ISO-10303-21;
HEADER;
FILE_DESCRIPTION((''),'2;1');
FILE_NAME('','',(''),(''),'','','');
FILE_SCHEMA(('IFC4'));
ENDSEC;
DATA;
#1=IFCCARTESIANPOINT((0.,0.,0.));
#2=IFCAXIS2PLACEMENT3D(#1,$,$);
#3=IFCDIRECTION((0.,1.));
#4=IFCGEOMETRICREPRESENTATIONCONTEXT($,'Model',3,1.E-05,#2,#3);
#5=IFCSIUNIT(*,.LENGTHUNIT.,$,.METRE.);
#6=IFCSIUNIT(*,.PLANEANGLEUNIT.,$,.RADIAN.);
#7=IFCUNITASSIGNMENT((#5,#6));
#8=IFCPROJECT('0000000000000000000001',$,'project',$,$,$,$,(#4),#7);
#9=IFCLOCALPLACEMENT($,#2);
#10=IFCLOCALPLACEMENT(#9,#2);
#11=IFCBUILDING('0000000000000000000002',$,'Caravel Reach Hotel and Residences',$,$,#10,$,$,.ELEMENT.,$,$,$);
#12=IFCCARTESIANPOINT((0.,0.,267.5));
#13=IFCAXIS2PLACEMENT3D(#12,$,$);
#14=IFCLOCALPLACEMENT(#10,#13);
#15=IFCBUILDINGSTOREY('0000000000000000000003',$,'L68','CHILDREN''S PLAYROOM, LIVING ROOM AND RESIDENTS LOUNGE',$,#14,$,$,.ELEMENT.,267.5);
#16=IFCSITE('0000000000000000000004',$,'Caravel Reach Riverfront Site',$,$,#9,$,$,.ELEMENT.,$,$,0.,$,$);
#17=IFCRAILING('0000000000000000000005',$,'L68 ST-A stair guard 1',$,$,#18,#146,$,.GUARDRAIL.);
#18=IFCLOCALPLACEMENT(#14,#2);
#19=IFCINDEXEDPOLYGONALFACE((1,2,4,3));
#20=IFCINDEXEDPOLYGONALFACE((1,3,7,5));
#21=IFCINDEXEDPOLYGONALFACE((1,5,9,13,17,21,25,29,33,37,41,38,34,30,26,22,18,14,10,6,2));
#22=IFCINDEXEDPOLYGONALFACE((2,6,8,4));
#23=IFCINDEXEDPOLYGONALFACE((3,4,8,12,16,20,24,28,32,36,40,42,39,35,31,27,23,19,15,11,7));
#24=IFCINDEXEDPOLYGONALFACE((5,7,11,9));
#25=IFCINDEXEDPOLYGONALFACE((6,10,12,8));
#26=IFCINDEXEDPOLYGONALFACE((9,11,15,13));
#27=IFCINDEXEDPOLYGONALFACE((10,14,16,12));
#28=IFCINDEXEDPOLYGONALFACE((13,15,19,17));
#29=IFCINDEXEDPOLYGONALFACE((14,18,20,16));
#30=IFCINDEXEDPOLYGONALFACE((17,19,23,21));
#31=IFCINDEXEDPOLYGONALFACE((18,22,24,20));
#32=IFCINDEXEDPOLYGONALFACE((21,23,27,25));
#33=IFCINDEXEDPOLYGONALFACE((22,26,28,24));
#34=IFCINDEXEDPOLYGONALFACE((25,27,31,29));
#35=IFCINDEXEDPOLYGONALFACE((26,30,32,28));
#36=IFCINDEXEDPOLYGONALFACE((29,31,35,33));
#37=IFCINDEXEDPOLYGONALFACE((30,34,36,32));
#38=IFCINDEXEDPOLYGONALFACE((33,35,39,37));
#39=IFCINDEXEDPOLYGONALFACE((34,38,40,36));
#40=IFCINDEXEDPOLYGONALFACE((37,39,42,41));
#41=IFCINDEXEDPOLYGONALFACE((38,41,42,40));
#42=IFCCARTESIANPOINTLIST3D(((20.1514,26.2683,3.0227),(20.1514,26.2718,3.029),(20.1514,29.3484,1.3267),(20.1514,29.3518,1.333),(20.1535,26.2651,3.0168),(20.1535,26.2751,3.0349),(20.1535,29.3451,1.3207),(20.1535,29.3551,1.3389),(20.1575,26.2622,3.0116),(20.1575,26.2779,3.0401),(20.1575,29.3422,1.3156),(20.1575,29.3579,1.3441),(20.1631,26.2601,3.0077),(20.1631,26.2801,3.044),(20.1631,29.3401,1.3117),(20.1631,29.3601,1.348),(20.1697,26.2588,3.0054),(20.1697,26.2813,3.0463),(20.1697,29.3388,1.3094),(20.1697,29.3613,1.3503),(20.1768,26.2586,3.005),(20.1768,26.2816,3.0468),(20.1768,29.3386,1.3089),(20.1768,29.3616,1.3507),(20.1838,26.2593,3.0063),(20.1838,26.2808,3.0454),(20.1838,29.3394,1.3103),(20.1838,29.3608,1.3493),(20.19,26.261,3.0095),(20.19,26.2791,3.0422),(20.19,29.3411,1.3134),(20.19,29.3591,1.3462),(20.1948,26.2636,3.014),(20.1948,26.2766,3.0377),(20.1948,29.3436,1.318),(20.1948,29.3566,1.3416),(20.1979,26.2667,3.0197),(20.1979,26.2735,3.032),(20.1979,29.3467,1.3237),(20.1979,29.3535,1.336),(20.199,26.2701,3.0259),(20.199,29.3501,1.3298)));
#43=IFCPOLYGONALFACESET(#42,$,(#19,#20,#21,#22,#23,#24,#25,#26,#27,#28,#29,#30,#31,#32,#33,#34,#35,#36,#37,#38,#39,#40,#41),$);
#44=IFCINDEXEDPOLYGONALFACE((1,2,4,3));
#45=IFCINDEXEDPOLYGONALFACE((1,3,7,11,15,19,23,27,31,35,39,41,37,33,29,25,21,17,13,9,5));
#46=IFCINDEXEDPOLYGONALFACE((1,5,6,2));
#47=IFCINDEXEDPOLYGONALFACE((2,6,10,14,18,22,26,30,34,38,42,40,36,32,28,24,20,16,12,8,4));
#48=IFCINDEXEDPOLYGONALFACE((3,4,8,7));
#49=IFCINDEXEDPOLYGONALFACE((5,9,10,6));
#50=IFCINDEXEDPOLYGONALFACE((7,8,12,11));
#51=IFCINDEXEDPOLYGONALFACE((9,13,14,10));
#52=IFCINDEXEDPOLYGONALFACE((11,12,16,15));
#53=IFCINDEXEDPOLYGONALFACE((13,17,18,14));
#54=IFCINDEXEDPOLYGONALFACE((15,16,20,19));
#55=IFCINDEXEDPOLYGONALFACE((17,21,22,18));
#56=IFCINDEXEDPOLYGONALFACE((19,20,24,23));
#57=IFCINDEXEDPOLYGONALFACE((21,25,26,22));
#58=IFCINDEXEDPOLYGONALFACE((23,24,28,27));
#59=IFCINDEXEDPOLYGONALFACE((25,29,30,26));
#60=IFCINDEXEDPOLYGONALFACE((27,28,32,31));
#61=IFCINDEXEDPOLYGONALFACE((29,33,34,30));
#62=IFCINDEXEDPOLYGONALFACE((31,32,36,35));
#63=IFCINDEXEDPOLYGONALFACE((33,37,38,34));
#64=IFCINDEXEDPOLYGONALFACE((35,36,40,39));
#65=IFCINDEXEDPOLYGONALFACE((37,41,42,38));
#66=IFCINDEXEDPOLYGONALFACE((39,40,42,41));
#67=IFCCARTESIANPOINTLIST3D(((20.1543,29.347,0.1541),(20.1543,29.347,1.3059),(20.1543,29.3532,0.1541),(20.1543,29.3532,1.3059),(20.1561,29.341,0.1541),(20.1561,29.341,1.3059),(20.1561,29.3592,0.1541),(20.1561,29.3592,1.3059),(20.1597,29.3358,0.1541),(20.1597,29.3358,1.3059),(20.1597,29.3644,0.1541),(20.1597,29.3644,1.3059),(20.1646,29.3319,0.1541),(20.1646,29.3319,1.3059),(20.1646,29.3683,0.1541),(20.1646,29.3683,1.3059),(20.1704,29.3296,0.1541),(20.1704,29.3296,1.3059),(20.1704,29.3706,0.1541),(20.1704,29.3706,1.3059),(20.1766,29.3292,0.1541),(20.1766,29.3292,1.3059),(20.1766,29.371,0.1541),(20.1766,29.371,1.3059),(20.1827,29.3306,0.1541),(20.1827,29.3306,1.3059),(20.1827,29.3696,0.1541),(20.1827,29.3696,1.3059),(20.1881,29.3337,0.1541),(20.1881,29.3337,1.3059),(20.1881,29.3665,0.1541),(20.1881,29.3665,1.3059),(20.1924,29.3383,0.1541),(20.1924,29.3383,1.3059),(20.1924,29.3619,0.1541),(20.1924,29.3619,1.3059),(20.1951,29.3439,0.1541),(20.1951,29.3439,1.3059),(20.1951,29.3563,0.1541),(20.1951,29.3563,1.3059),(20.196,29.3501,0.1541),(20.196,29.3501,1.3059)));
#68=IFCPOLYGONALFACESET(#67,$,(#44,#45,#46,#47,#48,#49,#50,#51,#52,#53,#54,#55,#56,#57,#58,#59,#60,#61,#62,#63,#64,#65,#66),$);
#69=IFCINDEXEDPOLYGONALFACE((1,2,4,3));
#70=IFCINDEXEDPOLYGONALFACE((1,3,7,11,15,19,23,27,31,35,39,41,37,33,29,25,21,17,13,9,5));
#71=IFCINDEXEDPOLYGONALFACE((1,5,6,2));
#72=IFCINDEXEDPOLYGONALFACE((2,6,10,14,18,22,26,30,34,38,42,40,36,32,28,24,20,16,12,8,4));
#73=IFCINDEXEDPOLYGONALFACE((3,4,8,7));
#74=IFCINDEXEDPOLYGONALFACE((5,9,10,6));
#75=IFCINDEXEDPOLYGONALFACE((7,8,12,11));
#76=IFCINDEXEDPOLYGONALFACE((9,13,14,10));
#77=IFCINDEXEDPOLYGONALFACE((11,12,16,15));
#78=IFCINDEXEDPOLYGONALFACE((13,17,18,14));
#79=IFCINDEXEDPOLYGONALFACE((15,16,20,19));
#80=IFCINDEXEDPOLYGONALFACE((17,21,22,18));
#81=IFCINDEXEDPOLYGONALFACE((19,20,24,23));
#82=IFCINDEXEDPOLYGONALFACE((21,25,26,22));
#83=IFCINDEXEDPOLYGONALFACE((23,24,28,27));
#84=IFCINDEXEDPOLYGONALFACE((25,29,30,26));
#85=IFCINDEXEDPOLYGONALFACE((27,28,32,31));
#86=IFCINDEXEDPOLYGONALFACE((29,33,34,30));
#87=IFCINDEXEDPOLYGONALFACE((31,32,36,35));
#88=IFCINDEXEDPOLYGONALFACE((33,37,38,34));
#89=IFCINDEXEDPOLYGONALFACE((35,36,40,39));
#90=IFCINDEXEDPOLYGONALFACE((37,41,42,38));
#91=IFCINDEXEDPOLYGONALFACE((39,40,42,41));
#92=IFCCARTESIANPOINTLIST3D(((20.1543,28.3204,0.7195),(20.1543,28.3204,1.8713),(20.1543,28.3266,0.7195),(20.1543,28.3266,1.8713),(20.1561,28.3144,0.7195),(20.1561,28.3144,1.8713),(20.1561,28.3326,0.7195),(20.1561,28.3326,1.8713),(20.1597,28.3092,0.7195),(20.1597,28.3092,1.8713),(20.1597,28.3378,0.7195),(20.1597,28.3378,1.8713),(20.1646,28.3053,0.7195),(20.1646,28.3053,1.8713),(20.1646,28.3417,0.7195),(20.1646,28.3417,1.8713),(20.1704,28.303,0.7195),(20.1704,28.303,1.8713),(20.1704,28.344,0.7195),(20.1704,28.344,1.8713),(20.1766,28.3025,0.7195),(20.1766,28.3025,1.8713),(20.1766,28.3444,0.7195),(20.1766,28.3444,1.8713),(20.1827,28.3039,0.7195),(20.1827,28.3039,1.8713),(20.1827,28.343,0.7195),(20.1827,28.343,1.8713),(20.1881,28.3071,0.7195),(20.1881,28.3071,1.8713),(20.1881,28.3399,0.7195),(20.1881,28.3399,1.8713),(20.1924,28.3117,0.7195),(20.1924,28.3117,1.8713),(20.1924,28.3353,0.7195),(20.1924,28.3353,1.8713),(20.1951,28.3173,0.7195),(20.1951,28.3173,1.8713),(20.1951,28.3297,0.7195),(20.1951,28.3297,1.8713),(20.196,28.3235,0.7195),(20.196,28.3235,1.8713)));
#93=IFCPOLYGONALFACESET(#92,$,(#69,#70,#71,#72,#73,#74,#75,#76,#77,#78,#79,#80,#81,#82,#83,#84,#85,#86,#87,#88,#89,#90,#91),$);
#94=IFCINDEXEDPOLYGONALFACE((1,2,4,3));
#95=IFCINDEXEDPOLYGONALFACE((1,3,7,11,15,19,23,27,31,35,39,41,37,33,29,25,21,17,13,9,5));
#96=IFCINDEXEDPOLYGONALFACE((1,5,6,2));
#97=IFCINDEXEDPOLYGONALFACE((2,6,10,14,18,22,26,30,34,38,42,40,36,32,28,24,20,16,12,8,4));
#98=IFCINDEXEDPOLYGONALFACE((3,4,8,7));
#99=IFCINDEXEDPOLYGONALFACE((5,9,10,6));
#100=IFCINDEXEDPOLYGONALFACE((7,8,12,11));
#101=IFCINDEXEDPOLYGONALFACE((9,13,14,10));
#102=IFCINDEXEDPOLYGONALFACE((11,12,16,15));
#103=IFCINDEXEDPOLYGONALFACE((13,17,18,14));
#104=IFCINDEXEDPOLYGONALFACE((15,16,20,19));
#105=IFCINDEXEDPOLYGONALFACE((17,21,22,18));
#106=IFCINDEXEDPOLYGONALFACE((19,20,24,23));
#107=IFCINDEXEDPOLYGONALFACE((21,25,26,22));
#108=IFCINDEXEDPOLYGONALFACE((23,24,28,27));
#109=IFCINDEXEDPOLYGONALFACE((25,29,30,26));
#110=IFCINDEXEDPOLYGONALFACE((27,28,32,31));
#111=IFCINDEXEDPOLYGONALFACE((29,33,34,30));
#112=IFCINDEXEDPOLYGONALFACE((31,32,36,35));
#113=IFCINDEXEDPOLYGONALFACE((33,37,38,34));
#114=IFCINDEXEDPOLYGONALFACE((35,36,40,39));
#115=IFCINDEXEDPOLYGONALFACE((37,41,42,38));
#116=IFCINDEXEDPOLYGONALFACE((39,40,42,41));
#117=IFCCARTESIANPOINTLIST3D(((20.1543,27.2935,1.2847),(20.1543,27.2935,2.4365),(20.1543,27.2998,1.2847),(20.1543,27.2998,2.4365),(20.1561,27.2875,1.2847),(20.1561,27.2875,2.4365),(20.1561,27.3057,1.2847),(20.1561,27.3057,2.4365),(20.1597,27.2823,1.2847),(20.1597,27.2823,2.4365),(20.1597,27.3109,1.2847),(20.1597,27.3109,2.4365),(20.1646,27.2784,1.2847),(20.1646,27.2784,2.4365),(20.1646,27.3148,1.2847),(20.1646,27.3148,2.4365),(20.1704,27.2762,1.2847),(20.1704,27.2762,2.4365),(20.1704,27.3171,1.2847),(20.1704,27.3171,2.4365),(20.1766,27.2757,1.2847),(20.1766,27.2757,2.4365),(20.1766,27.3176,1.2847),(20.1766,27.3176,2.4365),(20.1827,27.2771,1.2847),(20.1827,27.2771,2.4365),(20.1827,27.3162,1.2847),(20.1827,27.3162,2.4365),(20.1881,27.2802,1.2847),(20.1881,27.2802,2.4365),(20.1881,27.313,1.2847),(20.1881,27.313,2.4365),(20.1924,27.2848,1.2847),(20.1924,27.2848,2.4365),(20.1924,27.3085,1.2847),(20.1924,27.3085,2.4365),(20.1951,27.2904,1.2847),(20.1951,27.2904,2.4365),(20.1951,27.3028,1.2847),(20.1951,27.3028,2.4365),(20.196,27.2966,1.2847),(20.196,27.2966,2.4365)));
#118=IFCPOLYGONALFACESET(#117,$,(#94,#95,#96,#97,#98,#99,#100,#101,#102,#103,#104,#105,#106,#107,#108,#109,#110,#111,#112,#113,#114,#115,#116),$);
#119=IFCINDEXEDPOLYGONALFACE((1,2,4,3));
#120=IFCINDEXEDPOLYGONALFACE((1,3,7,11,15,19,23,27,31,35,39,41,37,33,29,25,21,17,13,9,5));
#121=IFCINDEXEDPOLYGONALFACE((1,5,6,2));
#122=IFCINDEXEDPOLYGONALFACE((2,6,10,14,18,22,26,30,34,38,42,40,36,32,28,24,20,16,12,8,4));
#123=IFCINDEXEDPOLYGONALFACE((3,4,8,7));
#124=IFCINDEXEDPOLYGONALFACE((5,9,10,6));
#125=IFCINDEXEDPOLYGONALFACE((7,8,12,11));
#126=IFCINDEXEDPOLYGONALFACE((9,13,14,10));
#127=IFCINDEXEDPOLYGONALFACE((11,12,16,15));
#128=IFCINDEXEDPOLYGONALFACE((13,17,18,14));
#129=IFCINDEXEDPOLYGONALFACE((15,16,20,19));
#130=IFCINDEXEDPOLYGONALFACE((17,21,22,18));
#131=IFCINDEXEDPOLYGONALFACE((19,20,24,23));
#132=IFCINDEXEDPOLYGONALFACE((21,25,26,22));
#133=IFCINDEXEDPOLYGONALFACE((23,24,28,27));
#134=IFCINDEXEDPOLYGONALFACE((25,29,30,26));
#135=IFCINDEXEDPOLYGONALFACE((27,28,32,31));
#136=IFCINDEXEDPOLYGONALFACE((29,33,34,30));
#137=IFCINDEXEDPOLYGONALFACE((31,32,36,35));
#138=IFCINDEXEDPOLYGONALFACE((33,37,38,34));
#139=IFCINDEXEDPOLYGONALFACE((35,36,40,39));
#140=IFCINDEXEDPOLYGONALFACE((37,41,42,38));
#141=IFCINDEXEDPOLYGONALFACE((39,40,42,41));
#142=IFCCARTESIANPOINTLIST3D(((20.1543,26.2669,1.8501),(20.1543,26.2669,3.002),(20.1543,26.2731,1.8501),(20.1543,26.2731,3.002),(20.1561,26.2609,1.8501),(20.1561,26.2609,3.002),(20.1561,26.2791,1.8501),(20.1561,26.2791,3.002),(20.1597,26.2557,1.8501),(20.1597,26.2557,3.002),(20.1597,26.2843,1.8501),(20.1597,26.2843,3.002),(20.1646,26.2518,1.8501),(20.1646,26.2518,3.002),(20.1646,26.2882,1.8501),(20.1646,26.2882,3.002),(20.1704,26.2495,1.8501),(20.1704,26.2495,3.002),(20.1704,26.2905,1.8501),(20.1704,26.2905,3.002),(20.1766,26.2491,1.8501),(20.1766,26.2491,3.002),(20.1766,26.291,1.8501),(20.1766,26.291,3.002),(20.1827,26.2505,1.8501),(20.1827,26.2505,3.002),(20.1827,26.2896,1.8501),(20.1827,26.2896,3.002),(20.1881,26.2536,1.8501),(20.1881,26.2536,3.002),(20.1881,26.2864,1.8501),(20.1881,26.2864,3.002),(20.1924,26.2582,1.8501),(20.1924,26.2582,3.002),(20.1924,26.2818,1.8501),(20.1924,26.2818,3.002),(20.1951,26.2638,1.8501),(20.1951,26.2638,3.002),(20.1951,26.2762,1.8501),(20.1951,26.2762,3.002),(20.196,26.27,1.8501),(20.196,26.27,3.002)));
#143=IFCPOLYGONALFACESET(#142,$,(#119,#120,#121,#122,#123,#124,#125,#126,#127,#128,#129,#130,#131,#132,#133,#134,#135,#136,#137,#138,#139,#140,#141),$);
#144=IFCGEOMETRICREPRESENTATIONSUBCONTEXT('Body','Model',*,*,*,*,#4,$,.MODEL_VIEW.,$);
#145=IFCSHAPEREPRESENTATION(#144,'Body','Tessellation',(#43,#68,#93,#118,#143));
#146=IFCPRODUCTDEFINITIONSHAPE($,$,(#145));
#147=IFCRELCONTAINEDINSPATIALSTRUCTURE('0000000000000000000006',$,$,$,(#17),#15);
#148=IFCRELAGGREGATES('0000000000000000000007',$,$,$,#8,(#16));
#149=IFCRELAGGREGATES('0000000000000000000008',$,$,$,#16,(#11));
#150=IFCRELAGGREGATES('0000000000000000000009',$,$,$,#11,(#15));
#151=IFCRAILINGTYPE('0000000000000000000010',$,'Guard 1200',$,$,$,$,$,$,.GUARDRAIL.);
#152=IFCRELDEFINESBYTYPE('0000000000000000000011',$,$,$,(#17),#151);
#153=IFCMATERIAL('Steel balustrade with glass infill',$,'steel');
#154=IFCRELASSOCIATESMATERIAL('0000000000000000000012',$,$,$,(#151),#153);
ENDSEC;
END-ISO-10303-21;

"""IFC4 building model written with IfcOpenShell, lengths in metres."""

from ifc_helpers import new_model, si_unit, direction, frame, origin, origin_2d, place, context, subcontext, project, spatial, circle, extrude, material, type_object, element, save


model = new_model("IFC4")

# Units and contexts
model_context = context("Model", 3, precision=1e-05, world=origin(), true_north=direction((0.0, 1.0)))
body_context = subcontext(model_context, "Body", "Model", "MODEL_VIEW")
ifc_project = project(units=[si_unit("LENGTHUNIT", "METRE"), si_unit("PLANEANGLEUNIT", "RADIAN")], contexts=[model_context])

# Site, building, storey
site_placement = place(None, origin())
site = spatial("IfcSite", under=ifc_project, at=site_placement, Name="Caravel Reach Riverfront Site", CompositionType="ELEMENT", RefElevation=0.0)
building_placement = place(site_placement, origin())
building = spatial("IfcBuilding", under=site, at=building_placement, Name="Caravel Reach Hotel and Residences", CompositionType="ELEMENT")
storey_placement = place(building_placement, frame((0.0, 0.0, 267.5)))
storey = spatial("IfcBuildingStorey", under=building, at=storey_placement, Name="L68", Description="CHILDREN'S PLAYROOM, LIVING ROOM AND RESIDENTS LOUNGE", CompositionType="ELEMENT", Elevation=267.5)

# Railing
ifc_material_1 = material(Name="Steel balustrade with glass infill", Category="steel")
railing_type_1 = type_object("IfcRailingType", Name="Guard 1200", PredefinedType="GUARDRAIL", material=ifc_material_1)
railing_1_placement = place(storey_placement, frame((20.175, 29.3501, 0.1541)))
element("IfcRailing", 1, at=railing_1_placement, inside=storey, type_object=railing_type_1, Name="L68 ST-A stair guard 1", PredefinedType="GUARDRAIL", context=body_context, shape_type="SweptSolid", body=[
    extrude(circle(Radius=0.0239, at=origin_2d()), frame((0.0, 0.0, 1.1758), z_axis=(0.0, -0.875975, 0.482356), x_axis=(1.0, 0.0, 0.0)), (0.0, 0.0, 1.0), 3.5161),
    extrude(circle(Radius=0.021, at=origin_2d()), origin(), (0.0, 0.0, 1.0), 1.1519),
    extrude(circle(Radius=0.021, at=origin_2d()), frame((0.0, -1.0266, 0.5654)), (0.0, 0.0, 1.0), 1.1519),
    extrude(circle(Radius=0.021, at=origin_2d()), frame((0.0, -2.0535, 1.1306)), (0.0, 0.0, 1.0), 1.1519),
    extrude(circle(Radius=0.021, at=origin_2d()), frame((0.0, -3.0801, 1.696)), (0.0, 0.0, 1.0), 1.1519),
])

save(model, "model.ifc")
